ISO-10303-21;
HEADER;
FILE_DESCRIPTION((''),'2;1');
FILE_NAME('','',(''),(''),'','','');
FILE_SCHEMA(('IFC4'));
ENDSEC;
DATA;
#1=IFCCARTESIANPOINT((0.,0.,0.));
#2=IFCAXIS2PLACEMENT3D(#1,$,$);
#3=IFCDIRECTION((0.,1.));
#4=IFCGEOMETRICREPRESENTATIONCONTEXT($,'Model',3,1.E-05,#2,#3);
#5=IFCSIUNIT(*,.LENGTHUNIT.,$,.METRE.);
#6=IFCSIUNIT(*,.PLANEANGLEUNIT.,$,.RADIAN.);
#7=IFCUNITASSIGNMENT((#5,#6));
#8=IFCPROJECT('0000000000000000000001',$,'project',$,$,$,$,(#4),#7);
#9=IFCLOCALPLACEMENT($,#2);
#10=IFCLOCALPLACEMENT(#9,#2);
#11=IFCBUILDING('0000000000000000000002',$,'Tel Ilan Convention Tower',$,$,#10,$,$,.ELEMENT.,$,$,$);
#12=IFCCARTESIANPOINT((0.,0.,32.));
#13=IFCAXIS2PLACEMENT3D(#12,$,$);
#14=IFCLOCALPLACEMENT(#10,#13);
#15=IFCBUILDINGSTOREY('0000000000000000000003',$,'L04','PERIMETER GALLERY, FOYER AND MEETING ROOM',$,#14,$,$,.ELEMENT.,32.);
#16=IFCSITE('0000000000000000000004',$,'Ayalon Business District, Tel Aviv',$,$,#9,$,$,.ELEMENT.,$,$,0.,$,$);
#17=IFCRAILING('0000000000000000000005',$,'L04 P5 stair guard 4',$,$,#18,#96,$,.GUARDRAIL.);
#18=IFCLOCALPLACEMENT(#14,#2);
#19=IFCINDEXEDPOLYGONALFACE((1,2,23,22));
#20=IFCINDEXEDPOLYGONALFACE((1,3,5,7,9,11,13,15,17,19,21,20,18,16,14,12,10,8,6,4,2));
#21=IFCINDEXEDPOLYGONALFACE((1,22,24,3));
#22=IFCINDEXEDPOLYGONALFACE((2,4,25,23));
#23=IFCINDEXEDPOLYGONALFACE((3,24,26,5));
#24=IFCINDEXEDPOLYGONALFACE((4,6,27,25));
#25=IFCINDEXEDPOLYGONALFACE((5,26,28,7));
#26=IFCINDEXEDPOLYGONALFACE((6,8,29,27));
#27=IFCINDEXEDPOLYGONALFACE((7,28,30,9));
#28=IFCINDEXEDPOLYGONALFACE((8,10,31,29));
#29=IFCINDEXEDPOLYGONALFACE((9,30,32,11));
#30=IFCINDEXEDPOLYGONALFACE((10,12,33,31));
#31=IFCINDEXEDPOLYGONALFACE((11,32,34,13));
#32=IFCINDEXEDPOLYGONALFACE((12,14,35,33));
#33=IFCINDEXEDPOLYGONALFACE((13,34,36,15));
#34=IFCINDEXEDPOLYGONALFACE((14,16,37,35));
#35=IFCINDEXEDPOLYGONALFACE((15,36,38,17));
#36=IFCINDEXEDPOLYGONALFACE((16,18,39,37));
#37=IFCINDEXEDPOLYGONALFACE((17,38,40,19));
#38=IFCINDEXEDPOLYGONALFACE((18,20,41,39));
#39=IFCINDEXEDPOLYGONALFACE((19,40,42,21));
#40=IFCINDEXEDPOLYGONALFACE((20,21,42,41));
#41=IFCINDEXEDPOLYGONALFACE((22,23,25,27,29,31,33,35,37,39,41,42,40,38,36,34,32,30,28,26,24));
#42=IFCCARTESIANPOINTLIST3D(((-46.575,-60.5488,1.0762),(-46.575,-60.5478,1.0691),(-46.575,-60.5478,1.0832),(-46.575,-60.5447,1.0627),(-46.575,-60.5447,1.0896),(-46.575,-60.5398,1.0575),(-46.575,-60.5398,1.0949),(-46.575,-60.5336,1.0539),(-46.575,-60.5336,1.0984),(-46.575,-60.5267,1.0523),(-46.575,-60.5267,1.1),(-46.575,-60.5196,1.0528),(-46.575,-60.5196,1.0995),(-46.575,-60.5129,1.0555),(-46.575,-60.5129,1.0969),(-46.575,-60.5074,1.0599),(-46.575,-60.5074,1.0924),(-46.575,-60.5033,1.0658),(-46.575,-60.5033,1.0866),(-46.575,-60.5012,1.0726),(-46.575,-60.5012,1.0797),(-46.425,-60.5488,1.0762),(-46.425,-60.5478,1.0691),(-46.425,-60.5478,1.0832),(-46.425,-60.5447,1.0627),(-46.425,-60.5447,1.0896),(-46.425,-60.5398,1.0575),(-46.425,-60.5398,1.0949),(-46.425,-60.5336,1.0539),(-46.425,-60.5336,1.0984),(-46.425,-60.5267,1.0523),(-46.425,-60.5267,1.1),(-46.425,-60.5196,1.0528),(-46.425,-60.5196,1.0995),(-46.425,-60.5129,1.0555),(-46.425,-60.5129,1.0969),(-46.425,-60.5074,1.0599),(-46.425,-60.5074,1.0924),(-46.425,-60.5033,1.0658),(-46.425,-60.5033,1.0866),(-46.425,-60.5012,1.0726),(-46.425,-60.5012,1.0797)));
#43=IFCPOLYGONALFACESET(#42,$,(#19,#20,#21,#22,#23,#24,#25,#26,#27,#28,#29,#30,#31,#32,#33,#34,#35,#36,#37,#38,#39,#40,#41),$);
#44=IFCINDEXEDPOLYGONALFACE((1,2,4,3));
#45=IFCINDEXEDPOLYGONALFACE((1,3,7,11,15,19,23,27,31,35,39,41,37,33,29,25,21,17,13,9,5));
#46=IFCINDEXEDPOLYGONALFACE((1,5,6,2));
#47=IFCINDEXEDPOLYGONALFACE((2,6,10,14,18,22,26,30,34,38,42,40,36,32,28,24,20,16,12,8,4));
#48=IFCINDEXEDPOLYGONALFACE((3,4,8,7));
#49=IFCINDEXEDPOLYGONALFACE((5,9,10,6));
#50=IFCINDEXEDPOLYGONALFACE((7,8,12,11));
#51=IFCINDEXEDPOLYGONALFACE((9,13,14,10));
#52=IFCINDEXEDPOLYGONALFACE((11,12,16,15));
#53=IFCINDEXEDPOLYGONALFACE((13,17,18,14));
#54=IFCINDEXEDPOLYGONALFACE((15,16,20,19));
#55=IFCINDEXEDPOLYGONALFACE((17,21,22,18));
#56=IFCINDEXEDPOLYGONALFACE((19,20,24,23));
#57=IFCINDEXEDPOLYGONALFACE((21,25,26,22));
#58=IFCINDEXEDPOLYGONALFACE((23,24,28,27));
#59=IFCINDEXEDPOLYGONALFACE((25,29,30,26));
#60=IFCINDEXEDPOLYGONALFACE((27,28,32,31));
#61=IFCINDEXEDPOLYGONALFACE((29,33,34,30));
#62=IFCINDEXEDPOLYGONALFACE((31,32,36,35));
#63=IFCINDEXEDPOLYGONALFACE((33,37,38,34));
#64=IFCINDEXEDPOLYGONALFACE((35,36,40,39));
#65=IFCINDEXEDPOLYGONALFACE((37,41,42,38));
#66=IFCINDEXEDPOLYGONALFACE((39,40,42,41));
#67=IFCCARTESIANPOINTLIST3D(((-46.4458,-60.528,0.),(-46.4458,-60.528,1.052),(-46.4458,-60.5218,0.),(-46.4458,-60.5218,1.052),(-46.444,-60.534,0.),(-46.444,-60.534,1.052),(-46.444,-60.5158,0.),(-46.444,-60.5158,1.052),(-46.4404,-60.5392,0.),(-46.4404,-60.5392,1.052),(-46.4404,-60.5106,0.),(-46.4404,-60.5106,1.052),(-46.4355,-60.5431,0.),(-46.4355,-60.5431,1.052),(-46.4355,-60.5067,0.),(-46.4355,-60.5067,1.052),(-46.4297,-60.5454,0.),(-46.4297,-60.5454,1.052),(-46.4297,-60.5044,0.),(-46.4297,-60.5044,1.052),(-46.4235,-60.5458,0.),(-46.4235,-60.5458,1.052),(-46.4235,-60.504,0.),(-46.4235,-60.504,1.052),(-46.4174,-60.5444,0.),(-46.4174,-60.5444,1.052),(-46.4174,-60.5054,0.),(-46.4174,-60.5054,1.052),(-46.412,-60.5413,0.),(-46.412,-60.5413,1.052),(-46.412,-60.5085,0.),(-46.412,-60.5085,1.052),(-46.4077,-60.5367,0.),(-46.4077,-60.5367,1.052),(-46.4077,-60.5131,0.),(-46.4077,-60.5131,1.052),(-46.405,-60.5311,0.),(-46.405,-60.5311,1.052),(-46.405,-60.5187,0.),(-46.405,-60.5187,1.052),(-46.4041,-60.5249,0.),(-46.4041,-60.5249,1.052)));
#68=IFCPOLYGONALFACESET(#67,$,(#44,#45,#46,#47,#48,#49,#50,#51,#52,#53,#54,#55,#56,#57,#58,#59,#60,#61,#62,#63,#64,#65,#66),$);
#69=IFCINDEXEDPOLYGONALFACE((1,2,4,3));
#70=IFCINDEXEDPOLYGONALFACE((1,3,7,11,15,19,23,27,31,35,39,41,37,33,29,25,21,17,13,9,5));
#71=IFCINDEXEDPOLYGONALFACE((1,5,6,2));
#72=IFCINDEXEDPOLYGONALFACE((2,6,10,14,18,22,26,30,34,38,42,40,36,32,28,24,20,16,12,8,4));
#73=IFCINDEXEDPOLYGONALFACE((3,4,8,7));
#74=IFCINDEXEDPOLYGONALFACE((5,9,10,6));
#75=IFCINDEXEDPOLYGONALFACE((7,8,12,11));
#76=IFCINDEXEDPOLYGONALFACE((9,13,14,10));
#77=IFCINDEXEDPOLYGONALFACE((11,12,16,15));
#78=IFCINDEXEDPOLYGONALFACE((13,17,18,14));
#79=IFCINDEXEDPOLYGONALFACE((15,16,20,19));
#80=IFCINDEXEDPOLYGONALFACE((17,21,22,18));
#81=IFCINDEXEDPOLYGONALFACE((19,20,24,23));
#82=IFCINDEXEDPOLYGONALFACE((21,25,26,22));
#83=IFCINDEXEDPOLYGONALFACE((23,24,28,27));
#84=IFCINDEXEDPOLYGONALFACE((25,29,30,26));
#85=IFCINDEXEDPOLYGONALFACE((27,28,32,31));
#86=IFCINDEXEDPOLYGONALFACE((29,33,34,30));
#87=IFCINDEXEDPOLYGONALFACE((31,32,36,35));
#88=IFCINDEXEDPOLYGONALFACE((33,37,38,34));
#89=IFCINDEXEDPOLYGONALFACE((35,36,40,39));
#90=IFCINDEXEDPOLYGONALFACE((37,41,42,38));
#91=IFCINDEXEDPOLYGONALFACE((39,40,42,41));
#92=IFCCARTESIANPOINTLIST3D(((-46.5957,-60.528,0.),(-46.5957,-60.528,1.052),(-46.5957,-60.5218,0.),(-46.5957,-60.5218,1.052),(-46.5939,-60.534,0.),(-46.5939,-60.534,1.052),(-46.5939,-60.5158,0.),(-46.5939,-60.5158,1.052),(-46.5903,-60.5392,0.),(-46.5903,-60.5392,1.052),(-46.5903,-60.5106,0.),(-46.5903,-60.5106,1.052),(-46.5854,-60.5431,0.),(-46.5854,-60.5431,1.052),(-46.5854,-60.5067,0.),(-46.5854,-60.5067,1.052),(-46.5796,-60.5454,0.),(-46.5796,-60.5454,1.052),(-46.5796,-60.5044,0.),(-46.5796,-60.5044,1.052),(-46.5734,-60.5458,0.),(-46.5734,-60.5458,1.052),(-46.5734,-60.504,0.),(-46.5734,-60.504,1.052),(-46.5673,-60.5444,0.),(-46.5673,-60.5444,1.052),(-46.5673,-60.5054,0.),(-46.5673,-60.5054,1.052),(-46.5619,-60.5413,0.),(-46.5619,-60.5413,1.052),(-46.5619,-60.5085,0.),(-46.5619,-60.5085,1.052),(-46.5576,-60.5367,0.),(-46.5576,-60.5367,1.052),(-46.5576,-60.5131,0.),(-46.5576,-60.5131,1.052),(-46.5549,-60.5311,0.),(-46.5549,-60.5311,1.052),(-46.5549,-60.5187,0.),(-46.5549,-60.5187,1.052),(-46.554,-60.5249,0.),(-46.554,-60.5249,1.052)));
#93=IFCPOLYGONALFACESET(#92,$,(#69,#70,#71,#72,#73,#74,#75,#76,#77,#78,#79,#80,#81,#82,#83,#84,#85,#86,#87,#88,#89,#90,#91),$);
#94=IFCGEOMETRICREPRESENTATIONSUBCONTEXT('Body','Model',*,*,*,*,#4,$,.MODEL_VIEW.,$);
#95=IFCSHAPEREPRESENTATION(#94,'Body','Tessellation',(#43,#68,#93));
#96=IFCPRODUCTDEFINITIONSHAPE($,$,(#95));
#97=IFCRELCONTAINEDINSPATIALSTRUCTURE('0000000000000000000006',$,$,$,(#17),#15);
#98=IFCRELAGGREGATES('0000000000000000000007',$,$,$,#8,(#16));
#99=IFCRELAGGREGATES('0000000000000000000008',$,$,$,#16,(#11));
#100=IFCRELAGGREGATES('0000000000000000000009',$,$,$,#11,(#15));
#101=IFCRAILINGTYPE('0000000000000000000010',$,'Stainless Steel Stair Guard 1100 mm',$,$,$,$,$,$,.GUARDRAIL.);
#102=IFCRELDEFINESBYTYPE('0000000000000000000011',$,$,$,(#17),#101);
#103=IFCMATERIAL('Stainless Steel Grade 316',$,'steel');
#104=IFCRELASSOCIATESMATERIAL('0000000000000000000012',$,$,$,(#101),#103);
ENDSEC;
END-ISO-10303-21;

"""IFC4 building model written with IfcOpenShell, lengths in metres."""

from ifc_helpers import new_model, si_unit, direction, frame, origin, origin_2d, place, context, subcontext, project, spatial, circle, extrude, material, type_object, element, save


model = new_model("IFC4")

# Units and contexts
model_context = context("Model", 3, precision=1e-05, world=origin(), true_north=direction((0.0, 1.0)))
body_context = subcontext(model_context, "Body", "Model", "MODEL_VIEW")
ifc_project = project(units=[si_unit("LENGTHUNIT", "METRE"), si_unit("PLANEANGLEUNIT", "RADIAN")], contexts=[model_context])

# Site, building, storey
site_placement = place(None, origin())
site = spatial("IfcSite", under=ifc_project, at=site_placement, Name="Ayalon Business District, Tel Aviv", CompositionType="ELEMENT", RefElevation=0.0)
building_placement = place(site_placement, origin())
building = spatial("IfcBuilding", under=site, at=building_placement, Name="Tel Ilan Convention Tower", CompositionType="ELEMENT")
storey_placement = place(building_placement, frame((0.0, 0.0, 32.0)))
storey = spatial("IfcBuildingStorey", under=building, at=storey_placement, Name="L04", Description="PERIMETER GALLERY, FOYER AND MEETING ROOM", CompositionType="ELEMENT", Elevation=32.0)

# Railing
ifc_material_1 = material(Name="Stainless Steel Grade 316", Category="steel")
railing_type_1 = type_object("IfcRailingType", Name="Stainless Steel Stair Guard 1100 mm", PredefinedType="GUARDRAIL", material=ifc_material_1)
railing_1_placement = place(storey_placement, frame((-46.425, -60.5249, 0.0)))
element("IfcRailing", 1, at=railing_1_placement, inside=storey, type_object=railing_type_1, Name="L04 P5 stair guard 4", PredefinedType="GUARDRAIL", context=body_context, shape_type="SweptSolid", body=[
    extrude(circle(Radius=0.0239, at=origin_2d()), frame((0.0, 0.0, 1.0762), z_axis=(-1.0, 0.0, 0.0), x_axis=(0.0, -1.0, 0.0)), (0.0, 0.0, 1.0), 0.1499),
    extrude(circle(Radius=0.021, at=origin_2d()), origin(), (0.0, 0.0, 1.0), 1.052),
    extrude(circle(Radius=0.021, at=origin_2d()), frame((-0.1499, 0.0, 0.0)), (0.0, 0.0, 1.0), 1.052),
])

save(model, "model.ifc")
